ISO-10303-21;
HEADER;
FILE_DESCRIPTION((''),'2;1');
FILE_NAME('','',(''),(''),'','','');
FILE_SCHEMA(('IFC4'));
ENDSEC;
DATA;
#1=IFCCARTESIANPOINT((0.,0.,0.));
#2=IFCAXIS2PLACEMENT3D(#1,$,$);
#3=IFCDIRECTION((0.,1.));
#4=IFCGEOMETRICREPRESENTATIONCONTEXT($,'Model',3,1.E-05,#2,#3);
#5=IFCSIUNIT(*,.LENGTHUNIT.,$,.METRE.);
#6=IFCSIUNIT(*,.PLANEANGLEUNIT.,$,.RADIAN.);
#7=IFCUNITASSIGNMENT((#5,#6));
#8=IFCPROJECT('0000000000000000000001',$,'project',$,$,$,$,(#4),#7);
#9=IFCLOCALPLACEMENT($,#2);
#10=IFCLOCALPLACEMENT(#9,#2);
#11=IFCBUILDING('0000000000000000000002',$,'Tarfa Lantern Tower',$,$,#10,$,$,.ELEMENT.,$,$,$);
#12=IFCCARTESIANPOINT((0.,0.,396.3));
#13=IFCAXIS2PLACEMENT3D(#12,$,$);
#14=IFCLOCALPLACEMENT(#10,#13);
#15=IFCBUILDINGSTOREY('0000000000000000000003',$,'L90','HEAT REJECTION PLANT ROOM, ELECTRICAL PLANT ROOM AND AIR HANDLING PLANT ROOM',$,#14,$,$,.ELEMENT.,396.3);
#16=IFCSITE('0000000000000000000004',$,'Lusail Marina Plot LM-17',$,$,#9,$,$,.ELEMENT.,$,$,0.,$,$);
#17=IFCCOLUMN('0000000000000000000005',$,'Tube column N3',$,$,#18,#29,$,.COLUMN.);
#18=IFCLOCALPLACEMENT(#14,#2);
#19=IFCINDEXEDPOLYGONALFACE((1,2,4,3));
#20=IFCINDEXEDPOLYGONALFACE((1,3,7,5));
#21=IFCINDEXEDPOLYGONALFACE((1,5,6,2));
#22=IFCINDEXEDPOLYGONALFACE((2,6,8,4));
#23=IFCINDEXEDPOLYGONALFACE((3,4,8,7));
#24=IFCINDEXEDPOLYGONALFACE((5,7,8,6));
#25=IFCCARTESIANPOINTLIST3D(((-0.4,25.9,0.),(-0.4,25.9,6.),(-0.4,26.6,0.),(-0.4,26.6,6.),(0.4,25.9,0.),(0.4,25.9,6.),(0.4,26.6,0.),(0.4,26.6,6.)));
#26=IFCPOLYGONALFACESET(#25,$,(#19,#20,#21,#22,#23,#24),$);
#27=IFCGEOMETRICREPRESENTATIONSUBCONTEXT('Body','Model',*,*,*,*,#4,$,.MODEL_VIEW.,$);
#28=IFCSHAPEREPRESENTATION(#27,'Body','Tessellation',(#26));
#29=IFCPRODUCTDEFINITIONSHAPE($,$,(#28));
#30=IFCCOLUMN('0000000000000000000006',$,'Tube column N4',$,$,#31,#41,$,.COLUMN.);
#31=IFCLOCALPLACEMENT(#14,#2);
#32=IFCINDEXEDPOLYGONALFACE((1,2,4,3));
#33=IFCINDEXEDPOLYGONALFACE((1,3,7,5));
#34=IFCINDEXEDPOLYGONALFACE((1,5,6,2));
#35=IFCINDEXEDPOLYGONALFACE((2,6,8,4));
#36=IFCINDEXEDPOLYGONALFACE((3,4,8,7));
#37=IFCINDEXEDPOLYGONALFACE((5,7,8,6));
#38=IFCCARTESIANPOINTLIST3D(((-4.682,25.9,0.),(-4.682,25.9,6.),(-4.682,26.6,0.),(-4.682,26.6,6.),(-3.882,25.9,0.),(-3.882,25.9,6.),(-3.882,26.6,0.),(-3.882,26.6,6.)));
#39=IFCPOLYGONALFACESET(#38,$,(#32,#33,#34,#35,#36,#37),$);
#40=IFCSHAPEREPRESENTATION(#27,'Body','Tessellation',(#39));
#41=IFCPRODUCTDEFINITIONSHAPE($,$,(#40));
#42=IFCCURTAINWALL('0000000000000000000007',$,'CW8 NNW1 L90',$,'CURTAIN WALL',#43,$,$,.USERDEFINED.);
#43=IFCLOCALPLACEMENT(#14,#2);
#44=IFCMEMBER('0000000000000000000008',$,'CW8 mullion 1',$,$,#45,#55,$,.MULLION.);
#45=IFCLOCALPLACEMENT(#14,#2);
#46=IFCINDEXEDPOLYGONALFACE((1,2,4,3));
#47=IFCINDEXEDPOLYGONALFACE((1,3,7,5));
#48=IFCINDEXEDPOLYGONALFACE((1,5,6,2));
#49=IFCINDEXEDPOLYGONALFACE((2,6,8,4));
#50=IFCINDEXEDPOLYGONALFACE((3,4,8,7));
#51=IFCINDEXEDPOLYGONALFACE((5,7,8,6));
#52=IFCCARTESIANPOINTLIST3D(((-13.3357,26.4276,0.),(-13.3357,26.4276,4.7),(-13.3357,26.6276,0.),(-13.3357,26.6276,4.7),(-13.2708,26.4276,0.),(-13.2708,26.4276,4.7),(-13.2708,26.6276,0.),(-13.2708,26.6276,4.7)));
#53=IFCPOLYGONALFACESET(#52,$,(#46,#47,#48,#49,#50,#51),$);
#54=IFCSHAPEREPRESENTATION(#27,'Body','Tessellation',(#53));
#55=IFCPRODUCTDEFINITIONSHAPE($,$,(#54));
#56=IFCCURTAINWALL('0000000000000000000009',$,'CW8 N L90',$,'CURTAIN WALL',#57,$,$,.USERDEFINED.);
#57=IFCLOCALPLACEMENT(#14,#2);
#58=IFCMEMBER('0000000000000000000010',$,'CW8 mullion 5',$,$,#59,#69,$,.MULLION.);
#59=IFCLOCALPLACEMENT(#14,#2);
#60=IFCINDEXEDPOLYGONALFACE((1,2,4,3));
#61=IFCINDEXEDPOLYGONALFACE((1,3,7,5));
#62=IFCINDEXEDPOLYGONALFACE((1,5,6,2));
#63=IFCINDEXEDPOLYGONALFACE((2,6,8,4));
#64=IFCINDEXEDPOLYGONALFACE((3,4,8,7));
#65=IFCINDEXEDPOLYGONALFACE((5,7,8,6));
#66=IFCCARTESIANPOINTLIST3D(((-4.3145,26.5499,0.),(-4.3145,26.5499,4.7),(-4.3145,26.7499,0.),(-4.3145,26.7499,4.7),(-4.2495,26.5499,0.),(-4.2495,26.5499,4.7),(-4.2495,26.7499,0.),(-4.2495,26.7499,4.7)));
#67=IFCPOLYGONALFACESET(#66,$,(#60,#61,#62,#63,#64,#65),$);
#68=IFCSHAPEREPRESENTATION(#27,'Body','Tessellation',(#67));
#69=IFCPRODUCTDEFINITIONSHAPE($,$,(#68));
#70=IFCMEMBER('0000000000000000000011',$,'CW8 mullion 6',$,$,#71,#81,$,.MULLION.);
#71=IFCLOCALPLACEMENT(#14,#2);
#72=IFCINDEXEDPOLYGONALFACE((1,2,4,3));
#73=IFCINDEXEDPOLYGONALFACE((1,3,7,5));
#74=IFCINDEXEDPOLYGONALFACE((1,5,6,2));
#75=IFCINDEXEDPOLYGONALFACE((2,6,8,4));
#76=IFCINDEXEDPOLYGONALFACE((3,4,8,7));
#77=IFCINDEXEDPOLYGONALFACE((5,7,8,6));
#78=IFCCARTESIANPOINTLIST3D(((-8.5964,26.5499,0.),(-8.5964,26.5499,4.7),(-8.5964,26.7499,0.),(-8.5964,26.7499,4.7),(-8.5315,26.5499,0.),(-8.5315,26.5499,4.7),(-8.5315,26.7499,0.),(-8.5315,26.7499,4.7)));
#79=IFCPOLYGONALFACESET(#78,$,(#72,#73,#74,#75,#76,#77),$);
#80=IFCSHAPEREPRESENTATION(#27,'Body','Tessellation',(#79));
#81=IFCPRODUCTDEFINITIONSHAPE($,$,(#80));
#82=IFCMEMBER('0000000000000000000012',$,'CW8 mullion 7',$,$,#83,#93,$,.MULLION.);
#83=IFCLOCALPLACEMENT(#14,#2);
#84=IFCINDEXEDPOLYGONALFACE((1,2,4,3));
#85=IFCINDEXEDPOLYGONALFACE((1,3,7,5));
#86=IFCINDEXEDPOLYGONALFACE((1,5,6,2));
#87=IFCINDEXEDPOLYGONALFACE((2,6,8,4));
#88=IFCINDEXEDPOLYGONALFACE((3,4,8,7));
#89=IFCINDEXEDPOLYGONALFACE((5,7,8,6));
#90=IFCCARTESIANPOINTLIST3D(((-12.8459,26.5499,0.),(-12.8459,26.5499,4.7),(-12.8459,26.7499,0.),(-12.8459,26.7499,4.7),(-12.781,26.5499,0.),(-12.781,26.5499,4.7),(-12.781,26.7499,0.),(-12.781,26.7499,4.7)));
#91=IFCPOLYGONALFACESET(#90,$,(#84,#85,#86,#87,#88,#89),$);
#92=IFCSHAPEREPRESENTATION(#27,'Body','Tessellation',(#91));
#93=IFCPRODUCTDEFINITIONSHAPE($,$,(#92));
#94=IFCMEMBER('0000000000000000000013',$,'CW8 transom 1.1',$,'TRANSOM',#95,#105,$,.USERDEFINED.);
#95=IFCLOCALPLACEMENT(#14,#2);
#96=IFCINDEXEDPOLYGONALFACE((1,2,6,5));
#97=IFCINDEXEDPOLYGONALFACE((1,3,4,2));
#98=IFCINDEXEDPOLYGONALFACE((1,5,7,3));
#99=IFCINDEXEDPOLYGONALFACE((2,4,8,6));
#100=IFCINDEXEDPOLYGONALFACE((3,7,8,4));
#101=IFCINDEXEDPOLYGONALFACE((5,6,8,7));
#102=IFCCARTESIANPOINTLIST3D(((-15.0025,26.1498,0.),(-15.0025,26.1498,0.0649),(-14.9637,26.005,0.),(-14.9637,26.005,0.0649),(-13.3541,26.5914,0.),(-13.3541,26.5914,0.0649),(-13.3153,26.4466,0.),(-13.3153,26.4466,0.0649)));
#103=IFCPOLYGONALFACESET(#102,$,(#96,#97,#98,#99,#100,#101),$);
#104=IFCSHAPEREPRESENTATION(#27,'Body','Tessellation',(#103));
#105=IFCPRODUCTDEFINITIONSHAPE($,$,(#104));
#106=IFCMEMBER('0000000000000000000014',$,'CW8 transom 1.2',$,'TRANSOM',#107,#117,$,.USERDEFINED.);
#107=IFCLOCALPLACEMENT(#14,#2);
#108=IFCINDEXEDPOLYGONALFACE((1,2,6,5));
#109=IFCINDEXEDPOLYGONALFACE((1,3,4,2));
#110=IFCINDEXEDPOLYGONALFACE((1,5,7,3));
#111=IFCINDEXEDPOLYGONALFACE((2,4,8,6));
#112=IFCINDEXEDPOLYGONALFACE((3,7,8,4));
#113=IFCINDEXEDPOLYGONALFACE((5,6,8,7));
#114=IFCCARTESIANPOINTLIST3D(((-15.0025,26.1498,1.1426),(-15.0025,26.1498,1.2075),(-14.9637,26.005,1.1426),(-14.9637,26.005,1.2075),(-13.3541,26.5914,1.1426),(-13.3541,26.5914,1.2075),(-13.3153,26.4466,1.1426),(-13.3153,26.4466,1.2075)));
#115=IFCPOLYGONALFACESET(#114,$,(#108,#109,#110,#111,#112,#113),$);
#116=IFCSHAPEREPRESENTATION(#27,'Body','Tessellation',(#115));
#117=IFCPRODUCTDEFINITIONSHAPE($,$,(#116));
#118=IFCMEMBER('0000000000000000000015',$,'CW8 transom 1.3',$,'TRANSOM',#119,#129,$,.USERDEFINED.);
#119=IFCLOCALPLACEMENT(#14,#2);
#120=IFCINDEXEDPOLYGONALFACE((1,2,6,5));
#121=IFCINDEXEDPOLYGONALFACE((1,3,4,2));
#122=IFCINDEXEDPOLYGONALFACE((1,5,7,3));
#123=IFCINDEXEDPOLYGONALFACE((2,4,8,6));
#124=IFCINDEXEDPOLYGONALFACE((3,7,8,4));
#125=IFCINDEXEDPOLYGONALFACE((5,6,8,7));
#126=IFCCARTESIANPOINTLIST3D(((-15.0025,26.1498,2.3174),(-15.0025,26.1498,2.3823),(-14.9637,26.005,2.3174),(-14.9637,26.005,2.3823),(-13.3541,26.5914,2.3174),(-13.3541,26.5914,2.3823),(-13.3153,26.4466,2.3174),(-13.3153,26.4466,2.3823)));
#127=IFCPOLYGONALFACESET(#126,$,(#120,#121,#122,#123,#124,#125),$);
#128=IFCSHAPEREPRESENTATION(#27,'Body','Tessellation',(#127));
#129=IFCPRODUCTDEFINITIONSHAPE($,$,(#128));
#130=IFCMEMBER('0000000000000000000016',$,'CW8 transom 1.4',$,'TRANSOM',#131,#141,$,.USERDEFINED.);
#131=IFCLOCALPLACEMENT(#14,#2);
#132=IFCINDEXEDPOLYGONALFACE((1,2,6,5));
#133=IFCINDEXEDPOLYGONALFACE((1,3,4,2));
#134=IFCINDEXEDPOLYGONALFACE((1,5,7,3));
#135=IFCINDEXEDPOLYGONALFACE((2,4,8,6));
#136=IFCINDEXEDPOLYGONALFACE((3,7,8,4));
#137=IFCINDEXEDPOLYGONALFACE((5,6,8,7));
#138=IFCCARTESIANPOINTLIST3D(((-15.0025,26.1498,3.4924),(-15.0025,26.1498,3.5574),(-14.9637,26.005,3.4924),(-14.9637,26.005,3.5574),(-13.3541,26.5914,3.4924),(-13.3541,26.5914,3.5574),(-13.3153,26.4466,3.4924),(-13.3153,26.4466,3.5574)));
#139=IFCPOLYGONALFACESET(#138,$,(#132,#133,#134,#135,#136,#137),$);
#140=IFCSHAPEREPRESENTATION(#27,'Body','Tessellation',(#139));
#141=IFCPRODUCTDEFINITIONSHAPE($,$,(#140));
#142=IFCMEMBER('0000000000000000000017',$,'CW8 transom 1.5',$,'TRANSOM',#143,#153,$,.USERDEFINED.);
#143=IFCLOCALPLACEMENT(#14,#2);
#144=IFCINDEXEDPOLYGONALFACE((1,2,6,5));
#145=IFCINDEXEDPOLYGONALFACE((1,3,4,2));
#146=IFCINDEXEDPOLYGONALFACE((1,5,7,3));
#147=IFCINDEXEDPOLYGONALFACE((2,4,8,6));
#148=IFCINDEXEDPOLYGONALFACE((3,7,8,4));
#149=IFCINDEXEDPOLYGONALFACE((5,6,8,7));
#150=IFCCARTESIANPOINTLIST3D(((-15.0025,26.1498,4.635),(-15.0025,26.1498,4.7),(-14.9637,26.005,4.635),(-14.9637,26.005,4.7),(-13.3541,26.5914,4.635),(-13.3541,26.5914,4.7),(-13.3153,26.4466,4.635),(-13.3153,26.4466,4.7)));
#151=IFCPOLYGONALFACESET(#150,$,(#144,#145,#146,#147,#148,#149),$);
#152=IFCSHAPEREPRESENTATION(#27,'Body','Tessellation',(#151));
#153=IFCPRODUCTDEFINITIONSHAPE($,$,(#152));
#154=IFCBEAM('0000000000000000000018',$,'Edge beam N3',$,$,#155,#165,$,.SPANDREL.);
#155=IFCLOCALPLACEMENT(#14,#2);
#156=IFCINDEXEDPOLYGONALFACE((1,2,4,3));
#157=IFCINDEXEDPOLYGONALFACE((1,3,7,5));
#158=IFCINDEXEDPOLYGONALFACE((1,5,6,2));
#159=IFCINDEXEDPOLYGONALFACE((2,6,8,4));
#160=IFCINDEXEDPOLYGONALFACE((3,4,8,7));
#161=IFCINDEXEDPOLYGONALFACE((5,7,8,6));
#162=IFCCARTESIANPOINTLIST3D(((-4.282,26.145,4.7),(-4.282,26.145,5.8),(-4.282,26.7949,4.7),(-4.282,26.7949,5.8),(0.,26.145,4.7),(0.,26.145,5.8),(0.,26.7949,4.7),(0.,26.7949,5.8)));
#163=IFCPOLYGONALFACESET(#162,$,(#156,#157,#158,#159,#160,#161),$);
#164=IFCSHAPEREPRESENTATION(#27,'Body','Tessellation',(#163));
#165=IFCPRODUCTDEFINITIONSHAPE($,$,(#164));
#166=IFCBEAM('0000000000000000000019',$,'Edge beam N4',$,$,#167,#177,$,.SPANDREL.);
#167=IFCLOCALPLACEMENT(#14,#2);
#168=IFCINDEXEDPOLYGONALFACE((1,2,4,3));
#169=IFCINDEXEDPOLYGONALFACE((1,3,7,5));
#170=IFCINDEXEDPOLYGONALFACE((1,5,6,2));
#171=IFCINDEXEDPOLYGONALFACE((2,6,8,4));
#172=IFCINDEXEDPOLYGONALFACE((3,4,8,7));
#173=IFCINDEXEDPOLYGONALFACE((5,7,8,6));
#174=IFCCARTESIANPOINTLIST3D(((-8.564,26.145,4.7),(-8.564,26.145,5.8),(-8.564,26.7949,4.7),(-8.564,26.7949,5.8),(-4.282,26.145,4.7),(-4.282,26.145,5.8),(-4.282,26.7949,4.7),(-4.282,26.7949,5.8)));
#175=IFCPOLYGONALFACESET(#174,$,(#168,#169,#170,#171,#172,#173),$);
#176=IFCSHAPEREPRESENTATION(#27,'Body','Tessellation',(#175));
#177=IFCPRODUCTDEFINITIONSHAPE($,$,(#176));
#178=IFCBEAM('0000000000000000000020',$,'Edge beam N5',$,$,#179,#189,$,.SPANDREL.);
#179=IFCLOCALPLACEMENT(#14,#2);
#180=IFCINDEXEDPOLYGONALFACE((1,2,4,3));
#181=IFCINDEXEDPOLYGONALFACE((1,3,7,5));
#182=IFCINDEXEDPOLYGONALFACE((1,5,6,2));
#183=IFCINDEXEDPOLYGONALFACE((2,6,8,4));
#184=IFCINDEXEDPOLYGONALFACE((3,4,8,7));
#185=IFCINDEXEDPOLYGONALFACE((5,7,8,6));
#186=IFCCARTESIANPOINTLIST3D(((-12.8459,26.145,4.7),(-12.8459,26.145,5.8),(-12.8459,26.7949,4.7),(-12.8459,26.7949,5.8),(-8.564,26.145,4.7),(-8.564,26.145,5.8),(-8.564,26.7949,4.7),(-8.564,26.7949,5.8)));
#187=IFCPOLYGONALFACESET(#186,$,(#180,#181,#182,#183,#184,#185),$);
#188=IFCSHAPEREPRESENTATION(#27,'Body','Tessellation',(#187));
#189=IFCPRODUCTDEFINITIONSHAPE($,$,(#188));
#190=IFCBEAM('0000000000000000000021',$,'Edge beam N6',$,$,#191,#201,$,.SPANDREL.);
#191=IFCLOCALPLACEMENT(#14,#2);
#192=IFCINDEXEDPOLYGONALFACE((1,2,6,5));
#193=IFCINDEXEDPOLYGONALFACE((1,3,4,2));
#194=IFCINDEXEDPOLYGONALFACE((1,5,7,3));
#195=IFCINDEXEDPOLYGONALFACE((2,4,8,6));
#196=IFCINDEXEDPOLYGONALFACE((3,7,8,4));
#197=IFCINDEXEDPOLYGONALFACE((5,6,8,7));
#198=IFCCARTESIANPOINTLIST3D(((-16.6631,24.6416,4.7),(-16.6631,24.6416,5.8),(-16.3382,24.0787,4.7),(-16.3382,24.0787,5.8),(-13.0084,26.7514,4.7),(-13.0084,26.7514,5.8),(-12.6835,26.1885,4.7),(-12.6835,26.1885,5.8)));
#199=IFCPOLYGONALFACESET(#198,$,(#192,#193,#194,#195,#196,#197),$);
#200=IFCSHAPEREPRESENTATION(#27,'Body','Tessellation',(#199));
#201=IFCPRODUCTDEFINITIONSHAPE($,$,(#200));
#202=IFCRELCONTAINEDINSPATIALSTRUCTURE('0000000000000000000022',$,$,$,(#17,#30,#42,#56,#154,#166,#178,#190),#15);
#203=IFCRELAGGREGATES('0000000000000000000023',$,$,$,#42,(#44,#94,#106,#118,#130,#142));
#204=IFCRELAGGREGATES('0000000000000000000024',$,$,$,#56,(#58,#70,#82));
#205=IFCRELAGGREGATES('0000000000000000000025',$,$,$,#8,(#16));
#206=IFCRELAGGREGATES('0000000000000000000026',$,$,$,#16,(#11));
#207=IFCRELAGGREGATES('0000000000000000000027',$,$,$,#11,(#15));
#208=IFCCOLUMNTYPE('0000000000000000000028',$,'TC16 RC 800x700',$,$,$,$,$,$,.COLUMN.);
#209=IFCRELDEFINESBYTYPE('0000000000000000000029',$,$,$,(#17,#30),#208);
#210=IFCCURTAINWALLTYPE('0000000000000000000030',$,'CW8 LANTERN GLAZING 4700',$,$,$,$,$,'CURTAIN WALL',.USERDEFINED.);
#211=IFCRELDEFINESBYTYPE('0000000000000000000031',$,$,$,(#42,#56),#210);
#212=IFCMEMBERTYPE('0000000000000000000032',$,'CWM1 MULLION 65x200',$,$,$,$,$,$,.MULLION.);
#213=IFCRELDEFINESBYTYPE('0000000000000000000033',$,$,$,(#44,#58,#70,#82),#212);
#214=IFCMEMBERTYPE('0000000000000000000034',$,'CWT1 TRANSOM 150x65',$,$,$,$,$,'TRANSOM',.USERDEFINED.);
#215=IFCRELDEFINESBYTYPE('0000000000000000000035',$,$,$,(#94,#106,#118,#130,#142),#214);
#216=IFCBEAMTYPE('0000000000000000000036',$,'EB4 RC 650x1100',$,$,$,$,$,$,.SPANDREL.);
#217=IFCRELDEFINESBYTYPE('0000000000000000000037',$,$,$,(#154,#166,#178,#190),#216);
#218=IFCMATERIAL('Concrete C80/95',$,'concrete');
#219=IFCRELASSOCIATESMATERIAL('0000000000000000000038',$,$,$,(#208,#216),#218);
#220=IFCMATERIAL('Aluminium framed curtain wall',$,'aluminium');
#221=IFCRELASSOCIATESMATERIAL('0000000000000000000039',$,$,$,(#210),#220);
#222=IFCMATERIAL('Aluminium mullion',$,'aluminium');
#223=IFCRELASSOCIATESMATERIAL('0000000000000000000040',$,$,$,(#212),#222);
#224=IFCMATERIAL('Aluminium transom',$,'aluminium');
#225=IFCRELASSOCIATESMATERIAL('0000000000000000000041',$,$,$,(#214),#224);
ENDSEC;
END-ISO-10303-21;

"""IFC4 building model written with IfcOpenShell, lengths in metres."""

from ifc_helpers import new_model, si_unit, direction, frame, origin, origin_2d, place, context, subcontext, project, spatial, rectangle, extrude, material, material_profile, profile_set, type_object, element, aggregate, save


model = new_model("IFC4")

# Units and contexts
model_context = context("Model", 3, precision=1e-05, world=origin(), true_north=direction((0.0, 1.0)))
body_context = subcontext(model_context, "Body", "Model", "MODEL_VIEW")
ifc_project = project(units=[si_unit("LENGTHUNIT", "METRE"), si_unit("PLANEANGLEUNIT", "RADIAN")], contexts=[model_context])

# Site, building, storey
site_placement = place(None, origin())
site = spatial("IfcSite", under=ifc_project, at=site_placement, Name="Lusail Marina Plot LM-17", CompositionType="ELEMENT", RefElevation=0.0)
building_placement = place(site_placement, origin())
building = spatial("IfcBuilding", under=site, at=building_placement, Name="Tarfa Lantern Tower", CompositionType="ELEMENT")
storey_placement = place(building_placement, frame((0.0, 0.0, 396.3)))
storey = spatial("IfcBuildingStorey", under=building, at=storey_placement, Name="L90", Description="HEAT REJECTION PLANT ROOM, ELECTRICAL PLANT ROOM AND AIR HANDLING PLANT ROOM", CompositionType="ELEMENT", Elevation=396.3)

# Columns
ifc_material_1 = material(Name="Concrete C80/95", Category="concrete")
ifc_material_profile_1 = material_profile(ifc_material_1, rectangle(XDim=0.8, YDim=0.7, at=origin_2d()), Name="RC 800x700")
ifc_profile_set_1 = profile_set([ifc_material_profile_1], Name="Concrete C80/95")
column_type = type_object("IfcColumnType", Name="TC16 RC 800x700", PredefinedType="COLUMN", material=ifc_profile_set_1)
for number, where, z_axis, x_axis, name in (
    (1, (0.0, 26.25, 0.0), (0.0, 0.0, 1.0), (-1.0, 0.0, 0.0), "Tube column N3"),
    (2, (-4.282, 26.25, 0.0), (0.0, 0.0, 1.0), (-1.0, 0.0, 0.0), "Tube column N4"),
):
    element("IfcColumn", number, at=place(storey_placement, frame(where, z_axis=z_axis, x_axis=x_axis)), inside=storey, type_object=column_type, Name=name, PredefinedType="COLUMN", context=body_context, shape_type="SweptSolid", body=[
        extrude(rectangle(XDim=0.8, YDim=0.7, at=origin_2d()), origin(), (0.0, 0.0, 1.0), 6.0),
    ])

# Curtain wall, member
ifc_material_2 = material(Name="Aluminium framed curtain wall", Category="aluminium")
curtain_wall_type = type_object("IfcCurtainWallType", Name="CW8 LANTERN GLAZING 4700", ElementType="CURTAIN WALL", PredefinedType="USERDEFINED", material=ifc_material_2)
curtain_wall_1_placement = place(storey_placement, origin())
curtain_wall_1 = element("IfcCurtainWall", 3, at=curtain_wall_1_placement, inside=storey, type_object=curtain_wall_type, Name="CW8 NNW1 L90", ObjectType="CURTAIN WALL", PredefinedType="USERDEFINED")
ifc_material_3 = material(Name="Aluminium mullion", Category="aluminium")
ifc_material_profile_2 = material_profile(ifc_material_3, rectangle(XDim=0.0649, YDim=0.2, at=origin_2d()), Name="AL MULLION 65x200")
ifc_profile_set_2 = profile_set([ifc_material_profile_2], Name="Aluminium mullion")
member_type_1 = type_object("IfcMemberType", Name="CWM1 MULLION 65x200", PredefinedType="MULLION", material=ifc_profile_set_2)
member_1_placement = place(storey_placement, frame((-13.3032, 26.5276, 0.0), z_axis=(0.0, 0.0, 1.0), x_axis=(1.0, 0.0, 0.0)))
member_1 = element("IfcMember", 4, at=member_1_placement, type_object=member_type_1, Name="CW8 mullion 1", PredefinedType="MULLION", context=body_context, shape_type="SweptSolid", body=[
    extrude(rectangle(XDim=0.0649, YDim=0.2, at=origin_2d()), origin(), (0.0, 0.0, 1.0), 4.7),
])

# Curtain wall, members
curtain_wall_2_placement = place(storey_placement, origin())
curtain_wall_2 = element("IfcCurtainWall", 5, at=curtain_wall_2_placement, inside=storey, type_object=curtain_wall_type, Name="CW8 N L90", ObjectType="CURTAIN WALL", PredefinedType="USERDEFINED")
member_2_placement = place(storey_placement, frame((-4.282, 26.6499, 0.0), z_axis=(0.0, 0.0, 1.0), x_axis=(1.0, 0.0, 0.0)))
member_2 = element("IfcMember", 6, at=member_2_placement, type_object=member_type_1, Name="CW8 mullion 5", PredefinedType="MULLION", context=body_context, shape_type="SweptSolid", body=[
    extrude(rectangle(XDim=0.0649, YDim=0.2, at=origin_2d()), origin(), (0.0, 0.0, 1.0), 4.7),
])
member_3_placement = place(storey_placement, frame((-8.564, 26.6499, 0.0), z_axis=(0.0, 0.0, 1.0), x_axis=(1.0, 0.0, 0.0)))
member_3 = element("IfcMember", 7, at=member_3_placement, type_object=member_type_1, Name="CW8 mullion 6", PredefinedType="MULLION", context=body_context, shape_type="SweptSolid", body=[
    extrude(rectangle(XDim=0.0649, YDim=0.2, at=origin_2d()), origin(), (0.0, 0.0, 1.0), 4.7),
])
member_4_placement = place(storey_placement, frame((-12.8135, 26.6499, 0.0), z_axis=(0.0, 0.0, 1.0), x_axis=(1.0, 0.0, 0.0)))
member_4 = element("IfcMember", 8, at=member_4_placement, type_object=member_type_1, Name="CW8 mullion 7", PredefinedType="MULLION", context=body_context, shape_type="SweptSolid", body=[
    extrude(rectangle(XDim=0.0649, YDim=0.2, at=origin_2d()), origin(), (0.0, 0.0, 1.0), 4.7),
])

# Members
ifc_material_4 = material(Name="Aluminium transom", Category="aluminium")
ifc_material_profile_3 = material_profile(ifc_material_4, rectangle(XDim=0.1499, YDim=0.0649, at=origin_2d()), Name="AL TRANSOM 150x65")
ifc_profile_set_3 = profile_set([ifc_material_profile_3], Name="Aluminium transom")
member_type_2 = type_object("IfcMemberType", Name="CWT1 TRANSOM 150x65", ElementType="TRANSOM", PredefinedType="USERDEFINED", material=ifc_profile_set_3)
member_5_placement = place(storey_placement, frame((-13.3347, 26.519, 0.0325), z_axis=(-0.965933, -0.258793, 0.0), x_axis=(0.258793, -0.965933, 0.0)))
member_5 = element("IfcMember", 9, at=member_5_placement, type_object=member_type_2, Name="CW8 transom 1.1", ObjectType="TRANSOM", PredefinedType="USERDEFINED", context=body_context, shape_type="SweptSolid", body=[
    extrude(rectangle(XDim=0.1499, YDim=0.0649, at=origin_2d()), origin(), (0.0, 0.0, 1.0), 1.7065),
])
member_6_placement = place(storey_placement, frame((-13.3347, 26.519, 1.175), z_axis=(-0.965933, -0.258793, 0.0), x_axis=(0.258793, -0.965933, 0.0)))
member_6 = element("IfcMember", 10, at=member_6_placement, type_object=member_type_2, Name="CW8 transom 1.2", ObjectType="TRANSOM", PredefinedType="USERDEFINED", context=body_context, shape_type="SweptSolid", body=[
    extrude(rectangle(XDim=0.1499, YDim=0.0649, at=origin_2d()), origin(), (0.0, 0.0, 1.0), 1.7065),
])
member_7_placement = place(storey_placement, frame((-13.3347, 26.519, 2.3499), z_axis=(-0.965933, -0.258793, 0.0), x_axis=(0.258793, -0.965933, 0.0)))
member_7 = element("IfcMember", 11, at=member_7_placement, type_object=member_type_2, Name="CW8 transom 1.3", ObjectType="TRANSOM", PredefinedType="USERDEFINED", context=body_context, shape_type="SweptSolid", body=[
    extrude(rectangle(XDim=0.1499, YDim=0.0649, at=origin_2d()), origin(), (0.0, 0.0, 1.0), 1.7065),
])
member_8_placement = place(storey_placement, frame((-13.3347, 26.519, 3.5249), z_axis=(-0.965933, -0.258793, 0.0), x_axis=(0.258793, -0.965933, 0.0)))
member_8 = element("IfcMember", 12, at=member_8_placement, type_object=member_type_2, Name="CW8 transom 1.4", ObjectType="TRANSOM", PredefinedType="USERDEFINED", context=body_context, shape_type="SweptSolid", body=[
    extrude(rectangle(XDim=0.1499, YDim=0.0649, at=origin_2d()), origin(), (0.0, 0.0, 1.0), 1.7065),
])
member_9_placement = place(storey_placement, frame((-13.3347, 26.519, 4.6675), z_axis=(-0.965933, -0.258793, 0.0), x_axis=(0.258793, -0.965933, 0.0)))
member_9 = element("IfcMember", 13, at=member_9_placement, type_object=member_type_2, Name="CW8 transom 1.5", ObjectType="TRANSOM", PredefinedType="USERDEFINED", context=body_context, shape_type="SweptSolid", body=[
    extrude(rectangle(XDim=0.1499, YDim=0.0649, at=origin_2d()), origin(), (0.0, 0.0, 1.0), 1.7065),
])

# Beams
ifc_material_profile_4 = material_profile(ifc_material_1, rectangle(XDim=0.6499, YDim=1.1001, at=origin_2d()), Name="RC 650x1100")
ifc_profile_set_4 = profile_set([ifc_material_profile_4], Name="Concrete C80/95")
beam_type_1 = type_object("IfcBeamType", Name="EB4 RC 650x1100", PredefinedType="SPANDREL", material=ifc_profile_set_4)
for number, where, z_axis, x_axis, name in (
    (14, (0.0, 26.47, 5.25), (-1.0, 0.0, 0.0), (0.0, -1.0, 0.0), "Edge beam N3"),
    (15, (-4.282, 26.47, 5.25), (-1.0, 0.0, 0.0), (0.0, -1.0, 0.0), "Edge beam N4"),
    (16, (-8.564, 26.47, 5.25), (-1.0, 0.0, 0.0), (0.0, -1.0, 0.0), "Edge beam N5"),
):
    element("IfcBeam", number, at=place(storey_placement, frame(where, z_axis=z_axis, x_axis=x_axis)), inside=storey, type_object=beam_type_1, Name=name, PredefinedType="SPANDREL", context=body_context, shape_type="SweptSolid", body=[
        extrude(rectangle(XDim=0.6499, YDim=1.1001, at=origin_2d()), origin(), (0.0, 0.0, 1.0), 4.282),
    ])
beam_1_placement = place(storey_placement, frame((-12.8459, 26.47, 5.25), z_axis=(-0.866049, -0.499959, 0.0), x_axis=(0.499959, -0.866049, 0.0)))
element("IfcBeam", 17, at=beam_1_placement, inside=storey, type_object=beam_type_1, Name="Edge beam N6", PredefinedType="SPANDREL", context=body_context, shape_type="SweptSolid", body=[
    extrude(rectangle(XDim=0.6499, YDim=1.1001, at=origin_2d()), origin(), (0.0, 0.0, 1.0), 4.22),
])

aggregate(curtain_wall_1, [member_1, member_5, member_6, member_7, member_8, member_9])
aggregate(curtain_wall_2, [member_2, member_3, member_4])

save(model, "model.ifc")
